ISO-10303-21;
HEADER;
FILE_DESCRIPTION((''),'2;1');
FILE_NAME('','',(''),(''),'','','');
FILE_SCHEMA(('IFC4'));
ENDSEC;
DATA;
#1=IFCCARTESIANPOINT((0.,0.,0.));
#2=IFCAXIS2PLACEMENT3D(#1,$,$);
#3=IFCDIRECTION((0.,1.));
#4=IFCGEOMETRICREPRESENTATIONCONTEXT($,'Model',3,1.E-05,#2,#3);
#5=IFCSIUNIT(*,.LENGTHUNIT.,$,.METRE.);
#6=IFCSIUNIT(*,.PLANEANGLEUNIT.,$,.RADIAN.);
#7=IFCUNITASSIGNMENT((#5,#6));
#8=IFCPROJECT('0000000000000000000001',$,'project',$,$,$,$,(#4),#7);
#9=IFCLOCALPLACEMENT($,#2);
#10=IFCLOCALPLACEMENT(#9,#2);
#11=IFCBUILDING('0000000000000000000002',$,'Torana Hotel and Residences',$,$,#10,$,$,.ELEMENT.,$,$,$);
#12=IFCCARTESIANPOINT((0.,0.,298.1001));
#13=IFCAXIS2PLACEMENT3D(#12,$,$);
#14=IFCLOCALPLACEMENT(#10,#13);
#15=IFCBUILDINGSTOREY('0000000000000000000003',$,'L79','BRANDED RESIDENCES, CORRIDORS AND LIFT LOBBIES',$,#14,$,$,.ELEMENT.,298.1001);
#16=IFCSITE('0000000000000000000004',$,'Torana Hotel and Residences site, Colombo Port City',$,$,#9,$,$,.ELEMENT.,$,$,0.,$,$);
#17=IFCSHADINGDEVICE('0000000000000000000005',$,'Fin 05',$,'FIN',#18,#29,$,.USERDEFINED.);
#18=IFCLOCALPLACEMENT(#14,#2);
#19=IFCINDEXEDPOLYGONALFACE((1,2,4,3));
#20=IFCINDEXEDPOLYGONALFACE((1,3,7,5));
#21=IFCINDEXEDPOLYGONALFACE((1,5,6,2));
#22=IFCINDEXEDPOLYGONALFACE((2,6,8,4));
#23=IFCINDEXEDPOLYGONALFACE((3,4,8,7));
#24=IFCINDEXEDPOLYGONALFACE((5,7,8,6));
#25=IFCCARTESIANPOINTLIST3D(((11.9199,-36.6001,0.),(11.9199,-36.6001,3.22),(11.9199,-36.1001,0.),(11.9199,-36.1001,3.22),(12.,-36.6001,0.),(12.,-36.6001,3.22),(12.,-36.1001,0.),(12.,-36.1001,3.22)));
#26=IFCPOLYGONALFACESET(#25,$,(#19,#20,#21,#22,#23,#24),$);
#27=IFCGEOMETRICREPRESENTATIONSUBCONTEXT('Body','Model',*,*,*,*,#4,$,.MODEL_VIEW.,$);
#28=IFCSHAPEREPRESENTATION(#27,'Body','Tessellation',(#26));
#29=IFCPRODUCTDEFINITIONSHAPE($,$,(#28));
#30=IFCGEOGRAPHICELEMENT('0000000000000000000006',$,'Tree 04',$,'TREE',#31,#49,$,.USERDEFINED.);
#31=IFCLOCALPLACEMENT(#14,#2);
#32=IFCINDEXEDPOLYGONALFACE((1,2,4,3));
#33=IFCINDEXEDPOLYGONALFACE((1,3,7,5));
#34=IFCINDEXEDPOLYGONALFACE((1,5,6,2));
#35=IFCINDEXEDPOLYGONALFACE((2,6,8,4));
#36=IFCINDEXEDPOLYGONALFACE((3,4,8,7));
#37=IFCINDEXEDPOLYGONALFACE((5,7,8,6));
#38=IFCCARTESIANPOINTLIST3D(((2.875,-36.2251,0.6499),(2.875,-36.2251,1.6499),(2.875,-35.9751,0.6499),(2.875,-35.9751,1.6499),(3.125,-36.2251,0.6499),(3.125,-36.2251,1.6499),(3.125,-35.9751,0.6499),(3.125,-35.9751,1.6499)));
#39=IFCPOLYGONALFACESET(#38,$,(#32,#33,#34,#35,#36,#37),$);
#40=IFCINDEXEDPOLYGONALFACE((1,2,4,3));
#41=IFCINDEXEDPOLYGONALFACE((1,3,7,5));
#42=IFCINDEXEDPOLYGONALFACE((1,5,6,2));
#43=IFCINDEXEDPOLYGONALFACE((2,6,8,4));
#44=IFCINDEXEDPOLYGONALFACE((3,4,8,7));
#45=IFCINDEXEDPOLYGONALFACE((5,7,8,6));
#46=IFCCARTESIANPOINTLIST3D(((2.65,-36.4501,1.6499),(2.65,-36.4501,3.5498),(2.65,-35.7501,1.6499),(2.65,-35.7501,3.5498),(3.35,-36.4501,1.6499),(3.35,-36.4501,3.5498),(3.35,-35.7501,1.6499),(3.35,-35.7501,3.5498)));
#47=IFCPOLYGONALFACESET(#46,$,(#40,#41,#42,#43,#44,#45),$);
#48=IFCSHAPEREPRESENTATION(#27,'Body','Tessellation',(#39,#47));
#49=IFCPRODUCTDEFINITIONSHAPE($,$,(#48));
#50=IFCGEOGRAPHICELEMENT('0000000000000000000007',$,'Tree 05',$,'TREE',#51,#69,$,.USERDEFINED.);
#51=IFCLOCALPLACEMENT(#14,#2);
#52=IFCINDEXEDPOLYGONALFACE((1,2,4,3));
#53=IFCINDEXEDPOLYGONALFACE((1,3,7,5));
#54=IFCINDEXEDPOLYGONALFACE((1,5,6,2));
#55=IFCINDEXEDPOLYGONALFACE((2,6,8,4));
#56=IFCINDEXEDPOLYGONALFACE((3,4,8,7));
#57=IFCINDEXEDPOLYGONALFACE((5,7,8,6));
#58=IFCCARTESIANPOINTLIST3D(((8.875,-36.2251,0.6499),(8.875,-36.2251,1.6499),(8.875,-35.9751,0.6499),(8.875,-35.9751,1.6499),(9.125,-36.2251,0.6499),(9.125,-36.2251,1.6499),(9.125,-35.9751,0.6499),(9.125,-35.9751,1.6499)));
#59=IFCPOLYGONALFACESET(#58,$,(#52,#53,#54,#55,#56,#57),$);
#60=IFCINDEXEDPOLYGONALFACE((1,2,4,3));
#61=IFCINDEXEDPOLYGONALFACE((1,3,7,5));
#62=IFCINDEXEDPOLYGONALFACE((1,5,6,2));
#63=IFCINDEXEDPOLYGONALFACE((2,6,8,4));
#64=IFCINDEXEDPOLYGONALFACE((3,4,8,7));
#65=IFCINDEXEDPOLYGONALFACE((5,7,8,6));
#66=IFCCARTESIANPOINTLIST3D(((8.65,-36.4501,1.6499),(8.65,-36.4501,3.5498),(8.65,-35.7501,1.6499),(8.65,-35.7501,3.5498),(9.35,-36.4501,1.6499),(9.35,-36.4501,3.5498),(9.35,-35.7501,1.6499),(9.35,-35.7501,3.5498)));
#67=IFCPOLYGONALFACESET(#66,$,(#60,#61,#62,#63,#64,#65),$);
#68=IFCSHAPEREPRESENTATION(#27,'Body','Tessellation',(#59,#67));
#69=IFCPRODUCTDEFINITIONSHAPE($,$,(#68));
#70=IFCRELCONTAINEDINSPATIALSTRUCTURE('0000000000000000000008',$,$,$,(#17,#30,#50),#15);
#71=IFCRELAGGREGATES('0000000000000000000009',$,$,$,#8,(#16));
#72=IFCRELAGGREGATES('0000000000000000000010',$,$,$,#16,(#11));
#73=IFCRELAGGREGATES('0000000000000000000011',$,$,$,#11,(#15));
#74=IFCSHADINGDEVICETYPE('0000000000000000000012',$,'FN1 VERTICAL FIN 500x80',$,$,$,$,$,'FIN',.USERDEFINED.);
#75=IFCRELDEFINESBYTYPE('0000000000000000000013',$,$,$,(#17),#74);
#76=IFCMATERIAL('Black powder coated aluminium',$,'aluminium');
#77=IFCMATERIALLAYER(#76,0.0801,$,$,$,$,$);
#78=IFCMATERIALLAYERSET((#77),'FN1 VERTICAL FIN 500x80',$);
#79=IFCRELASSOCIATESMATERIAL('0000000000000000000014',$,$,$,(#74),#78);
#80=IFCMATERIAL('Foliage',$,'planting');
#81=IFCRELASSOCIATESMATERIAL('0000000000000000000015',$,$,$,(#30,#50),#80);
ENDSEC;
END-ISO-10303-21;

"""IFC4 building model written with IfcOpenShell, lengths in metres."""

from ifc_helpers import new_model, si_unit, direction, frame, origin, origin_2d, place, context, subcontext, project, spatial, rectangle, extrude, material, layer, layer_set, type_object, element, save


model = new_model("IFC4")

# Units and contexts
model_context = context("Model", 3, precision=1e-05, world=origin(), true_north=direction((0.0, 1.0)))
body_context = subcontext(model_context, "Body", "Model", "MODEL_VIEW")
ifc_project = project(units=[si_unit("LENGTHUNIT", "METRE"), si_unit("PLANEANGLEUNIT", "RADIAN")], contexts=[model_context])

# Site, building, storey
site_placement = place(None, origin())
site = spatial("IfcSite", under=ifc_project, at=site_placement, Name="Torana Hotel and Residences site, Colombo Port City", CompositionType="ELEMENT", RefElevation=0.0)
building_placement = place(site_placement, origin())
building = spatial("IfcBuilding", under=site, at=building_placement, Name="Torana Hotel and Residences", CompositionType="ELEMENT")
storey_placement = place(building_placement, frame((0.0, 0.0, 298.1001)))
storey = spatial("IfcBuildingStorey", under=building, at=storey_placement, Name="L79", Description="BRANDED RESIDENCES, CORRIDORS AND LIFT LOBBIES", CompositionType="ELEMENT", Elevation=298.1001)

# Shading device
ifc_material_1 = material(Name="Black powder coated aluminium", Category="aluminium")
ifc_layer_1 = layer(ifc_material_1, 0.0801)
ifc_layer_set_1 = layer_set([ifc_layer_1], Name="FN1 VERTICAL FIN 500x80")
shading_device_type = type_object("IfcShadingDeviceType", Name="FN1 VERTICAL FIN 500x80", ElementType="FIN", PredefinedType="USERDEFINED", material=ifc_layer_set_1)
shading_device_placement = place(storey_placement, frame((11.96, -36.3501, 0.0), z_axis=(0.0, 0.0, 1.0), x_axis=(-1.0, 0.0, 0.0)))
element("IfcShadingDevice", 1, at=shading_device_placement, inside=storey, type_object=shading_device_type, Name="Fin 05", ObjectType="FIN", PredefinedType="USERDEFINED", context=body_context, shape_type="SweptSolid", body=[
    extrude(rectangle(XDim=0.0801, YDim=0.5, at=origin_2d()), origin(), (0.0, 0.0, 1.0), 3.22),
])

# Geographic elements
ifc_material_2 = material(Name="Foliage", Category="planting")
for number, where, z_axis, x_axis, name in (
    (2, (3.0, -36.1001, 0.6499), (0.0, 0.0, 1.0), (1.0, 0.0, 0.0), "Tree 04"),
    (3, (9.0, -36.1001, 0.6499), (0.0, 0.0, 1.0), (1.0, 0.0, 0.0), "Tree 05"),
):
    element("IfcGeographicElement", number, at=place(storey_placement, frame(where, z_axis=z_axis, x_axis=x_axis)), inside=storey, material=ifc_material_2, Name=name, ObjectType="TREE", PredefinedType="USERDEFINED", context=body_context, shape_type="SweptSolid", body=[
        extrude(rectangle(XDim=0.25, YDim=0.25, at=origin_2d()), origin(), (0.0, 0.0, 1.0), 1.0),
        extrude(rectangle(XDim=0.7, YDim=0.7, at=origin_2d()), frame((0.0, 0.0, 1.0)), (0.0, 0.0, 1.0), 1.8999),
    ])

save(model, "model.ifc")
